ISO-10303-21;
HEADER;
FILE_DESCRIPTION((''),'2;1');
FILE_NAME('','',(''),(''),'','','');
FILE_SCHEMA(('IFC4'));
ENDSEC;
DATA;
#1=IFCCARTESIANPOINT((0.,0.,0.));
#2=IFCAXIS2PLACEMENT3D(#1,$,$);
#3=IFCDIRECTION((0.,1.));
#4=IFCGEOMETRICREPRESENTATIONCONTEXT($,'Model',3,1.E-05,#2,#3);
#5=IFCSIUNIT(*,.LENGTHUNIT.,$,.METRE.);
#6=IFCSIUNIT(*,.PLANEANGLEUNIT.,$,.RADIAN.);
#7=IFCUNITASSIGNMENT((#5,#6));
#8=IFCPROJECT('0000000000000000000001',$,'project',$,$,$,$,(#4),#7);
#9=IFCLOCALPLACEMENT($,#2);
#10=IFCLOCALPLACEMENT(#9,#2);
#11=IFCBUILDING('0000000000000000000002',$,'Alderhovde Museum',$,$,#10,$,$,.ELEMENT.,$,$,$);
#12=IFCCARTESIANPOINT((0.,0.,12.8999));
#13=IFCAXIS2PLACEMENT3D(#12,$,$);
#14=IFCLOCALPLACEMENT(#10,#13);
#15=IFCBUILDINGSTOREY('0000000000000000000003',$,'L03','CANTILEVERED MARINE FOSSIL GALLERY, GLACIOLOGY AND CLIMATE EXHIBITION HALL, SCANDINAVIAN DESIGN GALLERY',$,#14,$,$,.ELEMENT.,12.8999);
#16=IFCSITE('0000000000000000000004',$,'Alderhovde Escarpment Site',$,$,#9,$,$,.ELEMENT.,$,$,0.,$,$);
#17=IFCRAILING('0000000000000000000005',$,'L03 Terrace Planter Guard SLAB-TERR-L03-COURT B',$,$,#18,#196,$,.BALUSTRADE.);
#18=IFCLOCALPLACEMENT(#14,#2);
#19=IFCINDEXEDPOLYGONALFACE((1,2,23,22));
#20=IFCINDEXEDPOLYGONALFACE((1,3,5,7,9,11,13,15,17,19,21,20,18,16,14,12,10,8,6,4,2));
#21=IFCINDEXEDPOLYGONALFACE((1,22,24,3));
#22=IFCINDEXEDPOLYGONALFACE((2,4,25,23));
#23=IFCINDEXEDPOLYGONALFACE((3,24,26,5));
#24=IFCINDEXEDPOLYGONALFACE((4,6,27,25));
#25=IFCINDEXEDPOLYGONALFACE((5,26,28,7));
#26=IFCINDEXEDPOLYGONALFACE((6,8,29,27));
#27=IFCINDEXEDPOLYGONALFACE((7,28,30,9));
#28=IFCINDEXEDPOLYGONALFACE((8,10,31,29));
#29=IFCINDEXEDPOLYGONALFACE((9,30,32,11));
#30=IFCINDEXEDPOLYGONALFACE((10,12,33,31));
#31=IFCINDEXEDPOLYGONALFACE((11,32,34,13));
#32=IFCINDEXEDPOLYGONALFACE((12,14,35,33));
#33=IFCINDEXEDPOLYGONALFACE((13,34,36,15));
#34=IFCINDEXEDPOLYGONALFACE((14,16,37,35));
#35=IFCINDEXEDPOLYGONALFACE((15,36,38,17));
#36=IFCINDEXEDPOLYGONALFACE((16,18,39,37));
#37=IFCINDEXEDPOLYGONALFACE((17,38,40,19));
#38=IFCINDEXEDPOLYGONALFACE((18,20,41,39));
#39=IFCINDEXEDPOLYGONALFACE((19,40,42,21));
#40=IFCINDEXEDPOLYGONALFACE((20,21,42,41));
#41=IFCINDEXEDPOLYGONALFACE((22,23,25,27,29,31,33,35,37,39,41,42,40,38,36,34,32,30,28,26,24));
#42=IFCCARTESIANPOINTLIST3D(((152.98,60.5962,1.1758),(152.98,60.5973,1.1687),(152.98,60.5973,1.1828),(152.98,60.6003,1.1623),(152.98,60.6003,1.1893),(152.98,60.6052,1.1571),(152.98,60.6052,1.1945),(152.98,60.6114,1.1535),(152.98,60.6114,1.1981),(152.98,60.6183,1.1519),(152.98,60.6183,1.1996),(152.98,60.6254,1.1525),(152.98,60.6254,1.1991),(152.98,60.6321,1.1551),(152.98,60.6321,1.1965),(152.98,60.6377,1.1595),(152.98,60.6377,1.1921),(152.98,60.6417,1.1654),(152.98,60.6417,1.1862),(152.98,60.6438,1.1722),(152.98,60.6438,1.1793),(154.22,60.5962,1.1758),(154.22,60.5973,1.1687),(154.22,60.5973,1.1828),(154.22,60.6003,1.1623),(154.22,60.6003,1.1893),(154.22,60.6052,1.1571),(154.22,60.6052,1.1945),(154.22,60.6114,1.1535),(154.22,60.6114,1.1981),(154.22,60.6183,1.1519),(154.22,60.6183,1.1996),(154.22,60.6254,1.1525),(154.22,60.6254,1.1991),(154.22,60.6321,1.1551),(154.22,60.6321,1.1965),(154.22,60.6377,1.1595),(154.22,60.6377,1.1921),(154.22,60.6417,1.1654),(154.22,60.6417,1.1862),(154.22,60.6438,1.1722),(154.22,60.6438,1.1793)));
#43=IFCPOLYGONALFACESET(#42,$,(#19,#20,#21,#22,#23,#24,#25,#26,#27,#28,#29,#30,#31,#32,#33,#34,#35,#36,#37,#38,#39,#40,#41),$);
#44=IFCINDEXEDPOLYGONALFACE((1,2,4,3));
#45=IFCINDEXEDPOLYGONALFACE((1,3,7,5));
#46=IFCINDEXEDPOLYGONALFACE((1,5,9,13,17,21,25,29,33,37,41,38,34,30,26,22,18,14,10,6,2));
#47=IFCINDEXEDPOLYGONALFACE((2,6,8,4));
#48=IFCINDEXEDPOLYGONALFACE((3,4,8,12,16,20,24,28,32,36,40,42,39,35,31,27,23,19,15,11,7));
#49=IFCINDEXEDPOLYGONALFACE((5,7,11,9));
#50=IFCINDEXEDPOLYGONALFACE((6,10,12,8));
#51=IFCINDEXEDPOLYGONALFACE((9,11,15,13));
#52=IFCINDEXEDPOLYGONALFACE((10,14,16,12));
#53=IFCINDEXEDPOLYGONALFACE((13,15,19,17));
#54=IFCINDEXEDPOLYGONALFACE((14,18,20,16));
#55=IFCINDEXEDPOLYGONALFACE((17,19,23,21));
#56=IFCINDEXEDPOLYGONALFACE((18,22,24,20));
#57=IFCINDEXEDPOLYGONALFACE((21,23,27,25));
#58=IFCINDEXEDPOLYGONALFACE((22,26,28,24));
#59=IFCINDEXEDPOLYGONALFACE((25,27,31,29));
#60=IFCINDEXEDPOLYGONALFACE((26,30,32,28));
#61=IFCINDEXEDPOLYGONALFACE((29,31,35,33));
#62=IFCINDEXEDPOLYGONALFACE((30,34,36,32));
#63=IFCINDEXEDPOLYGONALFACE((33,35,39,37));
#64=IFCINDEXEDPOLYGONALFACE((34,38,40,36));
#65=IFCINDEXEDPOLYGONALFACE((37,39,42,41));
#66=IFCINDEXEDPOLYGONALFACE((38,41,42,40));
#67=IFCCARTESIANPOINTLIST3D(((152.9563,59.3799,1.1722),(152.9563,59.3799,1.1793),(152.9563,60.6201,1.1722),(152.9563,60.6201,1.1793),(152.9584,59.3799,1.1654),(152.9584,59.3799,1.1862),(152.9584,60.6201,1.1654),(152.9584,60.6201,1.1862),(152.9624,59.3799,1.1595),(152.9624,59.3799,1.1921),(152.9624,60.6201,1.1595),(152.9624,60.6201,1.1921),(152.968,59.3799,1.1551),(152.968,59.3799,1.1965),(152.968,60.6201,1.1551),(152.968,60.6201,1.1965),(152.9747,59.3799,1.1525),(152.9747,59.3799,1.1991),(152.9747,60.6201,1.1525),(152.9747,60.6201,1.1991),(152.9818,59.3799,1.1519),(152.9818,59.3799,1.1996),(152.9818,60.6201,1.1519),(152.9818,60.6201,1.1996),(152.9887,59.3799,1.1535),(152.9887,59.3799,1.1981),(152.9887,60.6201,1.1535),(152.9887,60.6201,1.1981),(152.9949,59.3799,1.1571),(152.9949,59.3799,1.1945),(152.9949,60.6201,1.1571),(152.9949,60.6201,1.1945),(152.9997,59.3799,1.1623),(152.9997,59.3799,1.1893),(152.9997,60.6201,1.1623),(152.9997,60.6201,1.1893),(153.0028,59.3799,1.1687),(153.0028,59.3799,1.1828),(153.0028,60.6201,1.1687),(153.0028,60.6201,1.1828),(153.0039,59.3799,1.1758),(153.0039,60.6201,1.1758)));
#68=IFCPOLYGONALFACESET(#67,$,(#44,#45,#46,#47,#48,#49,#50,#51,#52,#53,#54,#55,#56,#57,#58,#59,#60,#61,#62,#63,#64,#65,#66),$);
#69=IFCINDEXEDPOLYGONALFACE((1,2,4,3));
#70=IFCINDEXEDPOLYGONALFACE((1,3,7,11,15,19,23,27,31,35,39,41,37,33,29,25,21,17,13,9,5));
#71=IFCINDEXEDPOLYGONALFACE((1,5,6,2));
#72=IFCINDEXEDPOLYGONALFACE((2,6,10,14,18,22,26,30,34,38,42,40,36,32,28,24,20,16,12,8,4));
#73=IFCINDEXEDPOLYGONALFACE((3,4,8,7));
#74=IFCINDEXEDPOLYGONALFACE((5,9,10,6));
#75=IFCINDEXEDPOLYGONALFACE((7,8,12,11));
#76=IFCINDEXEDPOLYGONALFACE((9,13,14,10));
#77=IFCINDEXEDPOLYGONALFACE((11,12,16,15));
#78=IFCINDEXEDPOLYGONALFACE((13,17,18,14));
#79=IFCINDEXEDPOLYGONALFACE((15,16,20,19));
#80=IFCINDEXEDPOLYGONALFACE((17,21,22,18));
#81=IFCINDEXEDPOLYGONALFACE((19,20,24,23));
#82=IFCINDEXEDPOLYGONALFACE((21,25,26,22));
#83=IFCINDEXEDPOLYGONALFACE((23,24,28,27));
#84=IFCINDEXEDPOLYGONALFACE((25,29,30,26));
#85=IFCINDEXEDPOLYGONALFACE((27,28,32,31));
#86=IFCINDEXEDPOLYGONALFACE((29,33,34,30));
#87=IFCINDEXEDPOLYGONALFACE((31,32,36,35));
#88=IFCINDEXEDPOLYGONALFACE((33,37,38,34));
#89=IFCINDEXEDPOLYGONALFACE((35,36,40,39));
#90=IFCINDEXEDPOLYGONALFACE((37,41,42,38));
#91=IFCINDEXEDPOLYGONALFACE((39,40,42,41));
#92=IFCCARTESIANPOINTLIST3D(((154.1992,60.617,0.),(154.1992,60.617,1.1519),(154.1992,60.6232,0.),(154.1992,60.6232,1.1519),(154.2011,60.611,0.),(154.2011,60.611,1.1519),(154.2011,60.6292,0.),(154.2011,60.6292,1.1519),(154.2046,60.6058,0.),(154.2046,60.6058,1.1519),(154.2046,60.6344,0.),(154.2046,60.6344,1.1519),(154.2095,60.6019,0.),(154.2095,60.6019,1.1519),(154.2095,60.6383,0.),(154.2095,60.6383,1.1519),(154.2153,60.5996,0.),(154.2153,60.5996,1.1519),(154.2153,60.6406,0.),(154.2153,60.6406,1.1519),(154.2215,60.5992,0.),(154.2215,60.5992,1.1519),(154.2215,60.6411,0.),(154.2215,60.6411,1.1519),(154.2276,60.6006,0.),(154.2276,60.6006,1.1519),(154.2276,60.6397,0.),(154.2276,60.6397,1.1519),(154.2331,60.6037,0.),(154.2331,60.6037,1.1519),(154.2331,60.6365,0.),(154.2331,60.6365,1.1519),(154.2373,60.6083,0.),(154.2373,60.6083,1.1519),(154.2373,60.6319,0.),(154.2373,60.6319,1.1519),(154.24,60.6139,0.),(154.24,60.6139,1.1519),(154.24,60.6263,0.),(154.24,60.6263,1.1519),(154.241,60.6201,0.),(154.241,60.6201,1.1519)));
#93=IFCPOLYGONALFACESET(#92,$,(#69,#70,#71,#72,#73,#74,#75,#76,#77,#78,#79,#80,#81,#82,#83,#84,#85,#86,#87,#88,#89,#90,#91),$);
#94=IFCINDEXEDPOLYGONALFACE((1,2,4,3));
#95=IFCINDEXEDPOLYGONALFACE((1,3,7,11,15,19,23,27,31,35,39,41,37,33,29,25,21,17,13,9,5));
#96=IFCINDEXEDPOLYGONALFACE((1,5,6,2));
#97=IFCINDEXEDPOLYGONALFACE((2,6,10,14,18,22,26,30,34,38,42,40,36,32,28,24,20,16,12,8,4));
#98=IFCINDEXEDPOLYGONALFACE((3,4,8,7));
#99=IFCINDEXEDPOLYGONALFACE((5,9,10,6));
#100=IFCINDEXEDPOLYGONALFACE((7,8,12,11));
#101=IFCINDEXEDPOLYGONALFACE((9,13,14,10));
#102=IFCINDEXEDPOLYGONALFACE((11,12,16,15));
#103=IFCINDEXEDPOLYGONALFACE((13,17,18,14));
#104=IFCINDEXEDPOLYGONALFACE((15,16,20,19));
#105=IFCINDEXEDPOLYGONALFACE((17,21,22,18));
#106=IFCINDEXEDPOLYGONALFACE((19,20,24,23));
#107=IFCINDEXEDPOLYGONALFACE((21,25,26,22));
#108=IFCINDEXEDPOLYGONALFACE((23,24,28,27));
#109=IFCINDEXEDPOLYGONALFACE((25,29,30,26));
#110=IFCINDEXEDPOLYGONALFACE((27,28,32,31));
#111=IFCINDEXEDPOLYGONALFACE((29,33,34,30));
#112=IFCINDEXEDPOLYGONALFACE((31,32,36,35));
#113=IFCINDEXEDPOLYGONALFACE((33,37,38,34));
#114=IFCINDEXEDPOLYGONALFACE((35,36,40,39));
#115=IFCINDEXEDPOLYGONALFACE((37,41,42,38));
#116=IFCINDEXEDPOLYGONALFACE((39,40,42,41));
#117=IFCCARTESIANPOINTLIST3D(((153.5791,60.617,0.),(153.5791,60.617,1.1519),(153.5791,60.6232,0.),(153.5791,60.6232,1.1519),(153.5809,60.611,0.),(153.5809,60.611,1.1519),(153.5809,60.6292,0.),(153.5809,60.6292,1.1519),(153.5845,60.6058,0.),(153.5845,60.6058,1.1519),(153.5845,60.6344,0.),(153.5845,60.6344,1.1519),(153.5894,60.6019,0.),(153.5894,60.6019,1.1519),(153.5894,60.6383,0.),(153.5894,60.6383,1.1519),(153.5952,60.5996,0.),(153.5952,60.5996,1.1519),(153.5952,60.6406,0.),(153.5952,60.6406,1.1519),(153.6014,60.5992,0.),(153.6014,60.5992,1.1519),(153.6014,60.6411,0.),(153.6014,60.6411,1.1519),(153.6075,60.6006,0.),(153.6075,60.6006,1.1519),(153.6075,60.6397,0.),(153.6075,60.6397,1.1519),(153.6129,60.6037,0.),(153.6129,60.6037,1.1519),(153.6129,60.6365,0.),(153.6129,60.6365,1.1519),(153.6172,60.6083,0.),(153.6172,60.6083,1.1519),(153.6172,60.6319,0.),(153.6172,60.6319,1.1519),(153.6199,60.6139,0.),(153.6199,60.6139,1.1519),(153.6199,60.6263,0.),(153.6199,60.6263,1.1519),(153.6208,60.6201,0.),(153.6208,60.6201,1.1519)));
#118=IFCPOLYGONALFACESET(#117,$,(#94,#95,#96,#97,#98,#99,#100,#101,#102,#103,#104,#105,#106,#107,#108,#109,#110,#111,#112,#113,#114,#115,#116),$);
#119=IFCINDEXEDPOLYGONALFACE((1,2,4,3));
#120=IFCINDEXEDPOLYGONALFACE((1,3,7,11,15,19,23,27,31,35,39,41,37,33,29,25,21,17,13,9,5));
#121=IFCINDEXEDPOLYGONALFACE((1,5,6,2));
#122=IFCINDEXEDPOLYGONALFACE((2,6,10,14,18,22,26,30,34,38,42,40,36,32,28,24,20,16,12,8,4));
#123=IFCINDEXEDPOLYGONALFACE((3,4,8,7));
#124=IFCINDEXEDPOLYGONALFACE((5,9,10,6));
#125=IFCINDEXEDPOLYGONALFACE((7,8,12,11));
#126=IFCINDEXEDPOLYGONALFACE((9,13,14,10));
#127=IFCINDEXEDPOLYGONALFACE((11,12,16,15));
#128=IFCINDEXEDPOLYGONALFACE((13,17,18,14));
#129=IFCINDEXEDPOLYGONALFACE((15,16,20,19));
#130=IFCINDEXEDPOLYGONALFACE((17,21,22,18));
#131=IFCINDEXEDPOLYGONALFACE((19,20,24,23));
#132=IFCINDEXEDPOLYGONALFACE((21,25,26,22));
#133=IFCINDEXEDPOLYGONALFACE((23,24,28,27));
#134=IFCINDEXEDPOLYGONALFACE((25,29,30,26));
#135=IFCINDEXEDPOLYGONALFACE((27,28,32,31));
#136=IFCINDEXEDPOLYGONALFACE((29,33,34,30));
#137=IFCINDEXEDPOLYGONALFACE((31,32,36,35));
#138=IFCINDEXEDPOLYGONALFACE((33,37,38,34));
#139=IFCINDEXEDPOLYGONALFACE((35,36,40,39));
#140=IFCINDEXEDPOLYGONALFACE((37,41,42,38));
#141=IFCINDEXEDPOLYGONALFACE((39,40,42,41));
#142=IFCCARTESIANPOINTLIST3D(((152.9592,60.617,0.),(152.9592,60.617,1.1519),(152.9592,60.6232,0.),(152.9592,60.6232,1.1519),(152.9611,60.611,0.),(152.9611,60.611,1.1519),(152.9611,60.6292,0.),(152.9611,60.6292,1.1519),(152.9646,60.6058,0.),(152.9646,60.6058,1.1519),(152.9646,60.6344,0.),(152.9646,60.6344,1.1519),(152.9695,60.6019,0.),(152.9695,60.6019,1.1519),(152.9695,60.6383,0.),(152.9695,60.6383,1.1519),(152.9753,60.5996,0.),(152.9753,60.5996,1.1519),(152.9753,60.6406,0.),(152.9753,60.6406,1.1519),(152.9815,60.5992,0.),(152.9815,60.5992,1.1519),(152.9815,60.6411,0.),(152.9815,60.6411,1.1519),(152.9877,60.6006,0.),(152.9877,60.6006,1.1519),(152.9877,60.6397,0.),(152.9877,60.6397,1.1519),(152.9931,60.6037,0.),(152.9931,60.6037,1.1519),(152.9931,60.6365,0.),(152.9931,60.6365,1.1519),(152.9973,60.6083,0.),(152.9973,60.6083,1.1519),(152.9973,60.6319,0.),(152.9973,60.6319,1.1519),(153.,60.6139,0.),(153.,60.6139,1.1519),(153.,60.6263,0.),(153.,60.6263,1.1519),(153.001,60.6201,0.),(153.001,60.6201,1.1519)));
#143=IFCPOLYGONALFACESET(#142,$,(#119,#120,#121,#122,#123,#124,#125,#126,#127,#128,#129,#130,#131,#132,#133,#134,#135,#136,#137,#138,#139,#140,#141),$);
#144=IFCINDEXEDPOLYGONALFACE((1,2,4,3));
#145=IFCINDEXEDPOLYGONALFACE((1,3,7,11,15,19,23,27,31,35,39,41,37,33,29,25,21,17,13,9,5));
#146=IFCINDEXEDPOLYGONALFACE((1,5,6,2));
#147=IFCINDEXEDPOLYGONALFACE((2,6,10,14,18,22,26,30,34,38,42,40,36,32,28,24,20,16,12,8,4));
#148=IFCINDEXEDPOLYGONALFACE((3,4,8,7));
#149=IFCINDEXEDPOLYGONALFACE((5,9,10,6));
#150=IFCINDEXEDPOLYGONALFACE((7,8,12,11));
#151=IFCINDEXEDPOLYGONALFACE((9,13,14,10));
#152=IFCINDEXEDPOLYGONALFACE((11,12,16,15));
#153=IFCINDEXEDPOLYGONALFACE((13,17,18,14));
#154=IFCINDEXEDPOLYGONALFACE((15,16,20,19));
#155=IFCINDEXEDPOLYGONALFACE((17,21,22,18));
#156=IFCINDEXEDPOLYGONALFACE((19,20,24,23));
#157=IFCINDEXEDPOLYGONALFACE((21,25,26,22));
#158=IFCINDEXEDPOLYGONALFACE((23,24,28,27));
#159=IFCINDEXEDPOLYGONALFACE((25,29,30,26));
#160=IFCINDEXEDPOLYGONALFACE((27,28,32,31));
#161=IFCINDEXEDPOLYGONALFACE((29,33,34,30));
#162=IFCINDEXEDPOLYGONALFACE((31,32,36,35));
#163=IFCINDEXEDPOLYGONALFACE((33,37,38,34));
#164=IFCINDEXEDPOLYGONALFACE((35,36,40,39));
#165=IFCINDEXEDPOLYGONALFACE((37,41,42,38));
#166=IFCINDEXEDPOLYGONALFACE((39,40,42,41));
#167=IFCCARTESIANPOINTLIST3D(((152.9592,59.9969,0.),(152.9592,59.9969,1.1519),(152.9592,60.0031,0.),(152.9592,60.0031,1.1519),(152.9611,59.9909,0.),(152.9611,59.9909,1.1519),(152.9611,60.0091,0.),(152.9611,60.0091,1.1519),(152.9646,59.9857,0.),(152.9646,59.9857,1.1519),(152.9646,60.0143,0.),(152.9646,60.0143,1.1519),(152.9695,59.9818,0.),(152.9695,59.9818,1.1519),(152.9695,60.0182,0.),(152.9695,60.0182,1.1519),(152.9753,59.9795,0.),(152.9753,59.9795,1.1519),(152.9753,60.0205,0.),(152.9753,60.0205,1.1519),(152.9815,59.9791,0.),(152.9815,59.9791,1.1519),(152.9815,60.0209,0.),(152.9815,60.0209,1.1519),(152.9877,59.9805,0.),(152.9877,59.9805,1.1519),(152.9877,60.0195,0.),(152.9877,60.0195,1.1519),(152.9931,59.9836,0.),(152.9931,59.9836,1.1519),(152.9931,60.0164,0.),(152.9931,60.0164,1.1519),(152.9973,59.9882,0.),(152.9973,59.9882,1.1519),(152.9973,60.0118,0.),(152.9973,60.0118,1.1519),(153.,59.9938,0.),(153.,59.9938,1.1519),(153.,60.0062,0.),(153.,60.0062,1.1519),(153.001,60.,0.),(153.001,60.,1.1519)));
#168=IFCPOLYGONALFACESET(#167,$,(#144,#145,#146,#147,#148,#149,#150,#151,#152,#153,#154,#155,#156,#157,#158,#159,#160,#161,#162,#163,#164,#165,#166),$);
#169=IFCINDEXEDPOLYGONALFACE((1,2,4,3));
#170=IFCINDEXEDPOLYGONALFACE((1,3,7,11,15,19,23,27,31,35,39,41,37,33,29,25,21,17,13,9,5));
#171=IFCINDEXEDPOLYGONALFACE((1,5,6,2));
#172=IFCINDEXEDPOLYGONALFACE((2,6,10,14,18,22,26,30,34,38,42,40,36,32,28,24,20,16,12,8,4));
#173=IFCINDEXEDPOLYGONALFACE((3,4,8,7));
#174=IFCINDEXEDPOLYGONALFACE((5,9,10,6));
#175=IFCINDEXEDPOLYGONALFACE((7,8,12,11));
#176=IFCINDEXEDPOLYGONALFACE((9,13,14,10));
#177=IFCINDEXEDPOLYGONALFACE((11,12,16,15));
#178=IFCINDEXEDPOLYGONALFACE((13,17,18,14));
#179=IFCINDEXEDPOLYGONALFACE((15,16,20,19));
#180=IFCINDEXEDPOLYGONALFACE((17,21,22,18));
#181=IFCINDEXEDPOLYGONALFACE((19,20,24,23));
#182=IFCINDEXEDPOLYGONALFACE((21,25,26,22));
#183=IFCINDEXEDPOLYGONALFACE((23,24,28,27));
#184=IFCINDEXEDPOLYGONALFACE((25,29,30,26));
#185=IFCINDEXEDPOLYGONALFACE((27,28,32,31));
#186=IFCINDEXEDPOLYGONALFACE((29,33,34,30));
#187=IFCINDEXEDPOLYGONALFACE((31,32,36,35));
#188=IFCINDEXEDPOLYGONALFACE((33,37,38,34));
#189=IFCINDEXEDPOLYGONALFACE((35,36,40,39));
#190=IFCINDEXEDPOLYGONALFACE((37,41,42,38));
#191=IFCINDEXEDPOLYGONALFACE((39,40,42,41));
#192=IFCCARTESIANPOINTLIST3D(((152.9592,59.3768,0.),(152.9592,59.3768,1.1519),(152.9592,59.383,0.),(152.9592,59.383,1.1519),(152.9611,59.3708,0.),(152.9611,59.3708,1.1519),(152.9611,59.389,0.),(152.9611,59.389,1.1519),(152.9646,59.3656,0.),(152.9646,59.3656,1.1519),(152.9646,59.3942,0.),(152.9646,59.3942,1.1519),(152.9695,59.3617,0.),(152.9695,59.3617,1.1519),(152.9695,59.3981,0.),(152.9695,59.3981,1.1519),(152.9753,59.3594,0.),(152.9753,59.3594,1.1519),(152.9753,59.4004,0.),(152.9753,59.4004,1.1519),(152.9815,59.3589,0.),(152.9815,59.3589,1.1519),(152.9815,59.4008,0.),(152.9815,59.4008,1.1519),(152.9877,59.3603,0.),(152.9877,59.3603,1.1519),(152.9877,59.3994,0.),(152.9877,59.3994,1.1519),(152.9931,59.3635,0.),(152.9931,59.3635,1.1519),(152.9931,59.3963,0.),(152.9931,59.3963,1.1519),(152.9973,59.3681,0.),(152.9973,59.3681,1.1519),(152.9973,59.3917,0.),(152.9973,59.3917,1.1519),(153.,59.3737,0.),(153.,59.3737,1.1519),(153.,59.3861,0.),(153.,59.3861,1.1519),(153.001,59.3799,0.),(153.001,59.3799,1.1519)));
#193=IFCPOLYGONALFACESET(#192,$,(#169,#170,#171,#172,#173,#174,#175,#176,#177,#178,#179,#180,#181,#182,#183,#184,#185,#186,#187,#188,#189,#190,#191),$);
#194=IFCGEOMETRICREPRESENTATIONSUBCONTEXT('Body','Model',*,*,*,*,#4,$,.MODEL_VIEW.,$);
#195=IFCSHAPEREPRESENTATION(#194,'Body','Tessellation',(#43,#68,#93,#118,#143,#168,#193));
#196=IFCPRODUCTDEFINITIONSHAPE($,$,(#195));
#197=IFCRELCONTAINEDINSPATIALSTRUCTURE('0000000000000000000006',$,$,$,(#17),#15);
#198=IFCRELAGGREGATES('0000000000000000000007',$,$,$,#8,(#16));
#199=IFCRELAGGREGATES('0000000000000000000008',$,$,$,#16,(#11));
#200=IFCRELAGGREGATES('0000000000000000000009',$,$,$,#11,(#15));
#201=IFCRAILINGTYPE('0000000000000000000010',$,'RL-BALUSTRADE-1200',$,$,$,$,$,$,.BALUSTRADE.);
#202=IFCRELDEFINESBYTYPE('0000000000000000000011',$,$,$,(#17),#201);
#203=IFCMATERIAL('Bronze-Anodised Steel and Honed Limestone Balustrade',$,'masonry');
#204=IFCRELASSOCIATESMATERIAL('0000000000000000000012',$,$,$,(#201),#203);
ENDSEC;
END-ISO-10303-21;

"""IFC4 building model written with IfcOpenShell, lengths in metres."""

from ifc_helpers import new_model, si_unit, direction, frame, origin, origin_2d, place, context, subcontext, project, spatial, circle, extrude, material, type_object, element, save


model = new_model("IFC4")

# Units and contexts
model_context = context("Model", 3, precision=1e-05, world=origin(), true_north=direction((0.0, 1.0)))
body_context = subcontext(model_context, "Body", "Model", "MODEL_VIEW")
ifc_project = project(units=[si_unit("LENGTHUNIT", "METRE"), si_unit("PLANEANGLEUNIT", "RADIAN")], contexts=[model_context])

# Site, building, storey
site_placement = place(None, origin())
site = spatial("IfcSite", under=ifc_project, at=site_placement, Name="Alderhovde Escarpment Site", CompositionType="ELEMENT", RefElevation=0.0)
building_placement = place(site_placement, origin())
building = spatial("IfcBuilding", under=site, at=building_placement, Name="Alderhovde Museum", CompositionType="ELEMENT")
storey_placement = place(building_placement, frame((0.0, 0.0, 12.8999)))
storey = spatial("IfcBuildingStorey", under=building, at=storey_placement, Name="L03", Description="CANTILEVERED MARINE FOSSIL GALLERY, GLACIOLOGY AND CLIMATE EXHIBITION HALL, SCANDINAVIAN DESIGN GALLERY", CompositionType="ELEMENT", Elevation=12.8999)

# Railing
ifc_material_1 = material(Name="Bronze-Anodised Steel and Honed Limestone Balustrade", Category="masonry")
railing_type = type_object("IfcRailingType", Name="RL-BALUSTRADE-1200", PredefinedType="BALUSTRADE", material=ifc_material_1)
railing_1_placement = place(storey_placement, frame((154.22, 60.6201, 0.0)))
element("IfcRailing", 1, at=railing_1_placement, inside=storey, type_object=railing_type, Name="L03 Terrace Planter Guard SLAB-TERR-L03-COURT B", PredefinedType="BALUSTRADE", context=body_context, shape_type="SweptSolid", body=[
    extrude(circle(Radius=0.0239, at=origin_2d()), frame((0.0, 0.0, 1.1758), z_axis=(-1.0, 0.0, 0.0), x_axis=(0.0, -1.0, 0.0)), (0.0, 0.0, 1.0), 1.24),
    extrude(circle(Radius=0.0239, at=origin_2d()), frame((-1.24, 0.0, 1.1758), z_axis=(0.0, -1.0, 0.0), x_axis=(1.0, 0.0, 0.0)), (0.0, 0.0, 1.0), 1.2402),
    extrude(circle(Radius=0.021, at=origin_2d()), origin(), (0.0, 0.0, 1.0), 1.1519),
    extrude(circle(Radius=0.021, at=origin_2d()), frame((-0.6201, 0.0, 0.0)), (0.0, 0.0, 1.0), 1.1519),
    extrude(circle(Radius=0.021, at=origin_2d()), frame((-1.24, 0.0, 0.0)), (0.0, 0.0, 1.0), 1.1519),
    extrude(circle(Radius=0.021, at=origin_2d()), frame((-1.24, -0.6201, 0.0)), (0.0, 0.0, 1.0), 1.1519),
    extrude(circle(Radius=0.021, at=origin_2d()), frame((-1.24, -1.2402, 0.0)), (0.0, 0.0, 1.0), 1.1519),
])

save(model, "model.ifc")
